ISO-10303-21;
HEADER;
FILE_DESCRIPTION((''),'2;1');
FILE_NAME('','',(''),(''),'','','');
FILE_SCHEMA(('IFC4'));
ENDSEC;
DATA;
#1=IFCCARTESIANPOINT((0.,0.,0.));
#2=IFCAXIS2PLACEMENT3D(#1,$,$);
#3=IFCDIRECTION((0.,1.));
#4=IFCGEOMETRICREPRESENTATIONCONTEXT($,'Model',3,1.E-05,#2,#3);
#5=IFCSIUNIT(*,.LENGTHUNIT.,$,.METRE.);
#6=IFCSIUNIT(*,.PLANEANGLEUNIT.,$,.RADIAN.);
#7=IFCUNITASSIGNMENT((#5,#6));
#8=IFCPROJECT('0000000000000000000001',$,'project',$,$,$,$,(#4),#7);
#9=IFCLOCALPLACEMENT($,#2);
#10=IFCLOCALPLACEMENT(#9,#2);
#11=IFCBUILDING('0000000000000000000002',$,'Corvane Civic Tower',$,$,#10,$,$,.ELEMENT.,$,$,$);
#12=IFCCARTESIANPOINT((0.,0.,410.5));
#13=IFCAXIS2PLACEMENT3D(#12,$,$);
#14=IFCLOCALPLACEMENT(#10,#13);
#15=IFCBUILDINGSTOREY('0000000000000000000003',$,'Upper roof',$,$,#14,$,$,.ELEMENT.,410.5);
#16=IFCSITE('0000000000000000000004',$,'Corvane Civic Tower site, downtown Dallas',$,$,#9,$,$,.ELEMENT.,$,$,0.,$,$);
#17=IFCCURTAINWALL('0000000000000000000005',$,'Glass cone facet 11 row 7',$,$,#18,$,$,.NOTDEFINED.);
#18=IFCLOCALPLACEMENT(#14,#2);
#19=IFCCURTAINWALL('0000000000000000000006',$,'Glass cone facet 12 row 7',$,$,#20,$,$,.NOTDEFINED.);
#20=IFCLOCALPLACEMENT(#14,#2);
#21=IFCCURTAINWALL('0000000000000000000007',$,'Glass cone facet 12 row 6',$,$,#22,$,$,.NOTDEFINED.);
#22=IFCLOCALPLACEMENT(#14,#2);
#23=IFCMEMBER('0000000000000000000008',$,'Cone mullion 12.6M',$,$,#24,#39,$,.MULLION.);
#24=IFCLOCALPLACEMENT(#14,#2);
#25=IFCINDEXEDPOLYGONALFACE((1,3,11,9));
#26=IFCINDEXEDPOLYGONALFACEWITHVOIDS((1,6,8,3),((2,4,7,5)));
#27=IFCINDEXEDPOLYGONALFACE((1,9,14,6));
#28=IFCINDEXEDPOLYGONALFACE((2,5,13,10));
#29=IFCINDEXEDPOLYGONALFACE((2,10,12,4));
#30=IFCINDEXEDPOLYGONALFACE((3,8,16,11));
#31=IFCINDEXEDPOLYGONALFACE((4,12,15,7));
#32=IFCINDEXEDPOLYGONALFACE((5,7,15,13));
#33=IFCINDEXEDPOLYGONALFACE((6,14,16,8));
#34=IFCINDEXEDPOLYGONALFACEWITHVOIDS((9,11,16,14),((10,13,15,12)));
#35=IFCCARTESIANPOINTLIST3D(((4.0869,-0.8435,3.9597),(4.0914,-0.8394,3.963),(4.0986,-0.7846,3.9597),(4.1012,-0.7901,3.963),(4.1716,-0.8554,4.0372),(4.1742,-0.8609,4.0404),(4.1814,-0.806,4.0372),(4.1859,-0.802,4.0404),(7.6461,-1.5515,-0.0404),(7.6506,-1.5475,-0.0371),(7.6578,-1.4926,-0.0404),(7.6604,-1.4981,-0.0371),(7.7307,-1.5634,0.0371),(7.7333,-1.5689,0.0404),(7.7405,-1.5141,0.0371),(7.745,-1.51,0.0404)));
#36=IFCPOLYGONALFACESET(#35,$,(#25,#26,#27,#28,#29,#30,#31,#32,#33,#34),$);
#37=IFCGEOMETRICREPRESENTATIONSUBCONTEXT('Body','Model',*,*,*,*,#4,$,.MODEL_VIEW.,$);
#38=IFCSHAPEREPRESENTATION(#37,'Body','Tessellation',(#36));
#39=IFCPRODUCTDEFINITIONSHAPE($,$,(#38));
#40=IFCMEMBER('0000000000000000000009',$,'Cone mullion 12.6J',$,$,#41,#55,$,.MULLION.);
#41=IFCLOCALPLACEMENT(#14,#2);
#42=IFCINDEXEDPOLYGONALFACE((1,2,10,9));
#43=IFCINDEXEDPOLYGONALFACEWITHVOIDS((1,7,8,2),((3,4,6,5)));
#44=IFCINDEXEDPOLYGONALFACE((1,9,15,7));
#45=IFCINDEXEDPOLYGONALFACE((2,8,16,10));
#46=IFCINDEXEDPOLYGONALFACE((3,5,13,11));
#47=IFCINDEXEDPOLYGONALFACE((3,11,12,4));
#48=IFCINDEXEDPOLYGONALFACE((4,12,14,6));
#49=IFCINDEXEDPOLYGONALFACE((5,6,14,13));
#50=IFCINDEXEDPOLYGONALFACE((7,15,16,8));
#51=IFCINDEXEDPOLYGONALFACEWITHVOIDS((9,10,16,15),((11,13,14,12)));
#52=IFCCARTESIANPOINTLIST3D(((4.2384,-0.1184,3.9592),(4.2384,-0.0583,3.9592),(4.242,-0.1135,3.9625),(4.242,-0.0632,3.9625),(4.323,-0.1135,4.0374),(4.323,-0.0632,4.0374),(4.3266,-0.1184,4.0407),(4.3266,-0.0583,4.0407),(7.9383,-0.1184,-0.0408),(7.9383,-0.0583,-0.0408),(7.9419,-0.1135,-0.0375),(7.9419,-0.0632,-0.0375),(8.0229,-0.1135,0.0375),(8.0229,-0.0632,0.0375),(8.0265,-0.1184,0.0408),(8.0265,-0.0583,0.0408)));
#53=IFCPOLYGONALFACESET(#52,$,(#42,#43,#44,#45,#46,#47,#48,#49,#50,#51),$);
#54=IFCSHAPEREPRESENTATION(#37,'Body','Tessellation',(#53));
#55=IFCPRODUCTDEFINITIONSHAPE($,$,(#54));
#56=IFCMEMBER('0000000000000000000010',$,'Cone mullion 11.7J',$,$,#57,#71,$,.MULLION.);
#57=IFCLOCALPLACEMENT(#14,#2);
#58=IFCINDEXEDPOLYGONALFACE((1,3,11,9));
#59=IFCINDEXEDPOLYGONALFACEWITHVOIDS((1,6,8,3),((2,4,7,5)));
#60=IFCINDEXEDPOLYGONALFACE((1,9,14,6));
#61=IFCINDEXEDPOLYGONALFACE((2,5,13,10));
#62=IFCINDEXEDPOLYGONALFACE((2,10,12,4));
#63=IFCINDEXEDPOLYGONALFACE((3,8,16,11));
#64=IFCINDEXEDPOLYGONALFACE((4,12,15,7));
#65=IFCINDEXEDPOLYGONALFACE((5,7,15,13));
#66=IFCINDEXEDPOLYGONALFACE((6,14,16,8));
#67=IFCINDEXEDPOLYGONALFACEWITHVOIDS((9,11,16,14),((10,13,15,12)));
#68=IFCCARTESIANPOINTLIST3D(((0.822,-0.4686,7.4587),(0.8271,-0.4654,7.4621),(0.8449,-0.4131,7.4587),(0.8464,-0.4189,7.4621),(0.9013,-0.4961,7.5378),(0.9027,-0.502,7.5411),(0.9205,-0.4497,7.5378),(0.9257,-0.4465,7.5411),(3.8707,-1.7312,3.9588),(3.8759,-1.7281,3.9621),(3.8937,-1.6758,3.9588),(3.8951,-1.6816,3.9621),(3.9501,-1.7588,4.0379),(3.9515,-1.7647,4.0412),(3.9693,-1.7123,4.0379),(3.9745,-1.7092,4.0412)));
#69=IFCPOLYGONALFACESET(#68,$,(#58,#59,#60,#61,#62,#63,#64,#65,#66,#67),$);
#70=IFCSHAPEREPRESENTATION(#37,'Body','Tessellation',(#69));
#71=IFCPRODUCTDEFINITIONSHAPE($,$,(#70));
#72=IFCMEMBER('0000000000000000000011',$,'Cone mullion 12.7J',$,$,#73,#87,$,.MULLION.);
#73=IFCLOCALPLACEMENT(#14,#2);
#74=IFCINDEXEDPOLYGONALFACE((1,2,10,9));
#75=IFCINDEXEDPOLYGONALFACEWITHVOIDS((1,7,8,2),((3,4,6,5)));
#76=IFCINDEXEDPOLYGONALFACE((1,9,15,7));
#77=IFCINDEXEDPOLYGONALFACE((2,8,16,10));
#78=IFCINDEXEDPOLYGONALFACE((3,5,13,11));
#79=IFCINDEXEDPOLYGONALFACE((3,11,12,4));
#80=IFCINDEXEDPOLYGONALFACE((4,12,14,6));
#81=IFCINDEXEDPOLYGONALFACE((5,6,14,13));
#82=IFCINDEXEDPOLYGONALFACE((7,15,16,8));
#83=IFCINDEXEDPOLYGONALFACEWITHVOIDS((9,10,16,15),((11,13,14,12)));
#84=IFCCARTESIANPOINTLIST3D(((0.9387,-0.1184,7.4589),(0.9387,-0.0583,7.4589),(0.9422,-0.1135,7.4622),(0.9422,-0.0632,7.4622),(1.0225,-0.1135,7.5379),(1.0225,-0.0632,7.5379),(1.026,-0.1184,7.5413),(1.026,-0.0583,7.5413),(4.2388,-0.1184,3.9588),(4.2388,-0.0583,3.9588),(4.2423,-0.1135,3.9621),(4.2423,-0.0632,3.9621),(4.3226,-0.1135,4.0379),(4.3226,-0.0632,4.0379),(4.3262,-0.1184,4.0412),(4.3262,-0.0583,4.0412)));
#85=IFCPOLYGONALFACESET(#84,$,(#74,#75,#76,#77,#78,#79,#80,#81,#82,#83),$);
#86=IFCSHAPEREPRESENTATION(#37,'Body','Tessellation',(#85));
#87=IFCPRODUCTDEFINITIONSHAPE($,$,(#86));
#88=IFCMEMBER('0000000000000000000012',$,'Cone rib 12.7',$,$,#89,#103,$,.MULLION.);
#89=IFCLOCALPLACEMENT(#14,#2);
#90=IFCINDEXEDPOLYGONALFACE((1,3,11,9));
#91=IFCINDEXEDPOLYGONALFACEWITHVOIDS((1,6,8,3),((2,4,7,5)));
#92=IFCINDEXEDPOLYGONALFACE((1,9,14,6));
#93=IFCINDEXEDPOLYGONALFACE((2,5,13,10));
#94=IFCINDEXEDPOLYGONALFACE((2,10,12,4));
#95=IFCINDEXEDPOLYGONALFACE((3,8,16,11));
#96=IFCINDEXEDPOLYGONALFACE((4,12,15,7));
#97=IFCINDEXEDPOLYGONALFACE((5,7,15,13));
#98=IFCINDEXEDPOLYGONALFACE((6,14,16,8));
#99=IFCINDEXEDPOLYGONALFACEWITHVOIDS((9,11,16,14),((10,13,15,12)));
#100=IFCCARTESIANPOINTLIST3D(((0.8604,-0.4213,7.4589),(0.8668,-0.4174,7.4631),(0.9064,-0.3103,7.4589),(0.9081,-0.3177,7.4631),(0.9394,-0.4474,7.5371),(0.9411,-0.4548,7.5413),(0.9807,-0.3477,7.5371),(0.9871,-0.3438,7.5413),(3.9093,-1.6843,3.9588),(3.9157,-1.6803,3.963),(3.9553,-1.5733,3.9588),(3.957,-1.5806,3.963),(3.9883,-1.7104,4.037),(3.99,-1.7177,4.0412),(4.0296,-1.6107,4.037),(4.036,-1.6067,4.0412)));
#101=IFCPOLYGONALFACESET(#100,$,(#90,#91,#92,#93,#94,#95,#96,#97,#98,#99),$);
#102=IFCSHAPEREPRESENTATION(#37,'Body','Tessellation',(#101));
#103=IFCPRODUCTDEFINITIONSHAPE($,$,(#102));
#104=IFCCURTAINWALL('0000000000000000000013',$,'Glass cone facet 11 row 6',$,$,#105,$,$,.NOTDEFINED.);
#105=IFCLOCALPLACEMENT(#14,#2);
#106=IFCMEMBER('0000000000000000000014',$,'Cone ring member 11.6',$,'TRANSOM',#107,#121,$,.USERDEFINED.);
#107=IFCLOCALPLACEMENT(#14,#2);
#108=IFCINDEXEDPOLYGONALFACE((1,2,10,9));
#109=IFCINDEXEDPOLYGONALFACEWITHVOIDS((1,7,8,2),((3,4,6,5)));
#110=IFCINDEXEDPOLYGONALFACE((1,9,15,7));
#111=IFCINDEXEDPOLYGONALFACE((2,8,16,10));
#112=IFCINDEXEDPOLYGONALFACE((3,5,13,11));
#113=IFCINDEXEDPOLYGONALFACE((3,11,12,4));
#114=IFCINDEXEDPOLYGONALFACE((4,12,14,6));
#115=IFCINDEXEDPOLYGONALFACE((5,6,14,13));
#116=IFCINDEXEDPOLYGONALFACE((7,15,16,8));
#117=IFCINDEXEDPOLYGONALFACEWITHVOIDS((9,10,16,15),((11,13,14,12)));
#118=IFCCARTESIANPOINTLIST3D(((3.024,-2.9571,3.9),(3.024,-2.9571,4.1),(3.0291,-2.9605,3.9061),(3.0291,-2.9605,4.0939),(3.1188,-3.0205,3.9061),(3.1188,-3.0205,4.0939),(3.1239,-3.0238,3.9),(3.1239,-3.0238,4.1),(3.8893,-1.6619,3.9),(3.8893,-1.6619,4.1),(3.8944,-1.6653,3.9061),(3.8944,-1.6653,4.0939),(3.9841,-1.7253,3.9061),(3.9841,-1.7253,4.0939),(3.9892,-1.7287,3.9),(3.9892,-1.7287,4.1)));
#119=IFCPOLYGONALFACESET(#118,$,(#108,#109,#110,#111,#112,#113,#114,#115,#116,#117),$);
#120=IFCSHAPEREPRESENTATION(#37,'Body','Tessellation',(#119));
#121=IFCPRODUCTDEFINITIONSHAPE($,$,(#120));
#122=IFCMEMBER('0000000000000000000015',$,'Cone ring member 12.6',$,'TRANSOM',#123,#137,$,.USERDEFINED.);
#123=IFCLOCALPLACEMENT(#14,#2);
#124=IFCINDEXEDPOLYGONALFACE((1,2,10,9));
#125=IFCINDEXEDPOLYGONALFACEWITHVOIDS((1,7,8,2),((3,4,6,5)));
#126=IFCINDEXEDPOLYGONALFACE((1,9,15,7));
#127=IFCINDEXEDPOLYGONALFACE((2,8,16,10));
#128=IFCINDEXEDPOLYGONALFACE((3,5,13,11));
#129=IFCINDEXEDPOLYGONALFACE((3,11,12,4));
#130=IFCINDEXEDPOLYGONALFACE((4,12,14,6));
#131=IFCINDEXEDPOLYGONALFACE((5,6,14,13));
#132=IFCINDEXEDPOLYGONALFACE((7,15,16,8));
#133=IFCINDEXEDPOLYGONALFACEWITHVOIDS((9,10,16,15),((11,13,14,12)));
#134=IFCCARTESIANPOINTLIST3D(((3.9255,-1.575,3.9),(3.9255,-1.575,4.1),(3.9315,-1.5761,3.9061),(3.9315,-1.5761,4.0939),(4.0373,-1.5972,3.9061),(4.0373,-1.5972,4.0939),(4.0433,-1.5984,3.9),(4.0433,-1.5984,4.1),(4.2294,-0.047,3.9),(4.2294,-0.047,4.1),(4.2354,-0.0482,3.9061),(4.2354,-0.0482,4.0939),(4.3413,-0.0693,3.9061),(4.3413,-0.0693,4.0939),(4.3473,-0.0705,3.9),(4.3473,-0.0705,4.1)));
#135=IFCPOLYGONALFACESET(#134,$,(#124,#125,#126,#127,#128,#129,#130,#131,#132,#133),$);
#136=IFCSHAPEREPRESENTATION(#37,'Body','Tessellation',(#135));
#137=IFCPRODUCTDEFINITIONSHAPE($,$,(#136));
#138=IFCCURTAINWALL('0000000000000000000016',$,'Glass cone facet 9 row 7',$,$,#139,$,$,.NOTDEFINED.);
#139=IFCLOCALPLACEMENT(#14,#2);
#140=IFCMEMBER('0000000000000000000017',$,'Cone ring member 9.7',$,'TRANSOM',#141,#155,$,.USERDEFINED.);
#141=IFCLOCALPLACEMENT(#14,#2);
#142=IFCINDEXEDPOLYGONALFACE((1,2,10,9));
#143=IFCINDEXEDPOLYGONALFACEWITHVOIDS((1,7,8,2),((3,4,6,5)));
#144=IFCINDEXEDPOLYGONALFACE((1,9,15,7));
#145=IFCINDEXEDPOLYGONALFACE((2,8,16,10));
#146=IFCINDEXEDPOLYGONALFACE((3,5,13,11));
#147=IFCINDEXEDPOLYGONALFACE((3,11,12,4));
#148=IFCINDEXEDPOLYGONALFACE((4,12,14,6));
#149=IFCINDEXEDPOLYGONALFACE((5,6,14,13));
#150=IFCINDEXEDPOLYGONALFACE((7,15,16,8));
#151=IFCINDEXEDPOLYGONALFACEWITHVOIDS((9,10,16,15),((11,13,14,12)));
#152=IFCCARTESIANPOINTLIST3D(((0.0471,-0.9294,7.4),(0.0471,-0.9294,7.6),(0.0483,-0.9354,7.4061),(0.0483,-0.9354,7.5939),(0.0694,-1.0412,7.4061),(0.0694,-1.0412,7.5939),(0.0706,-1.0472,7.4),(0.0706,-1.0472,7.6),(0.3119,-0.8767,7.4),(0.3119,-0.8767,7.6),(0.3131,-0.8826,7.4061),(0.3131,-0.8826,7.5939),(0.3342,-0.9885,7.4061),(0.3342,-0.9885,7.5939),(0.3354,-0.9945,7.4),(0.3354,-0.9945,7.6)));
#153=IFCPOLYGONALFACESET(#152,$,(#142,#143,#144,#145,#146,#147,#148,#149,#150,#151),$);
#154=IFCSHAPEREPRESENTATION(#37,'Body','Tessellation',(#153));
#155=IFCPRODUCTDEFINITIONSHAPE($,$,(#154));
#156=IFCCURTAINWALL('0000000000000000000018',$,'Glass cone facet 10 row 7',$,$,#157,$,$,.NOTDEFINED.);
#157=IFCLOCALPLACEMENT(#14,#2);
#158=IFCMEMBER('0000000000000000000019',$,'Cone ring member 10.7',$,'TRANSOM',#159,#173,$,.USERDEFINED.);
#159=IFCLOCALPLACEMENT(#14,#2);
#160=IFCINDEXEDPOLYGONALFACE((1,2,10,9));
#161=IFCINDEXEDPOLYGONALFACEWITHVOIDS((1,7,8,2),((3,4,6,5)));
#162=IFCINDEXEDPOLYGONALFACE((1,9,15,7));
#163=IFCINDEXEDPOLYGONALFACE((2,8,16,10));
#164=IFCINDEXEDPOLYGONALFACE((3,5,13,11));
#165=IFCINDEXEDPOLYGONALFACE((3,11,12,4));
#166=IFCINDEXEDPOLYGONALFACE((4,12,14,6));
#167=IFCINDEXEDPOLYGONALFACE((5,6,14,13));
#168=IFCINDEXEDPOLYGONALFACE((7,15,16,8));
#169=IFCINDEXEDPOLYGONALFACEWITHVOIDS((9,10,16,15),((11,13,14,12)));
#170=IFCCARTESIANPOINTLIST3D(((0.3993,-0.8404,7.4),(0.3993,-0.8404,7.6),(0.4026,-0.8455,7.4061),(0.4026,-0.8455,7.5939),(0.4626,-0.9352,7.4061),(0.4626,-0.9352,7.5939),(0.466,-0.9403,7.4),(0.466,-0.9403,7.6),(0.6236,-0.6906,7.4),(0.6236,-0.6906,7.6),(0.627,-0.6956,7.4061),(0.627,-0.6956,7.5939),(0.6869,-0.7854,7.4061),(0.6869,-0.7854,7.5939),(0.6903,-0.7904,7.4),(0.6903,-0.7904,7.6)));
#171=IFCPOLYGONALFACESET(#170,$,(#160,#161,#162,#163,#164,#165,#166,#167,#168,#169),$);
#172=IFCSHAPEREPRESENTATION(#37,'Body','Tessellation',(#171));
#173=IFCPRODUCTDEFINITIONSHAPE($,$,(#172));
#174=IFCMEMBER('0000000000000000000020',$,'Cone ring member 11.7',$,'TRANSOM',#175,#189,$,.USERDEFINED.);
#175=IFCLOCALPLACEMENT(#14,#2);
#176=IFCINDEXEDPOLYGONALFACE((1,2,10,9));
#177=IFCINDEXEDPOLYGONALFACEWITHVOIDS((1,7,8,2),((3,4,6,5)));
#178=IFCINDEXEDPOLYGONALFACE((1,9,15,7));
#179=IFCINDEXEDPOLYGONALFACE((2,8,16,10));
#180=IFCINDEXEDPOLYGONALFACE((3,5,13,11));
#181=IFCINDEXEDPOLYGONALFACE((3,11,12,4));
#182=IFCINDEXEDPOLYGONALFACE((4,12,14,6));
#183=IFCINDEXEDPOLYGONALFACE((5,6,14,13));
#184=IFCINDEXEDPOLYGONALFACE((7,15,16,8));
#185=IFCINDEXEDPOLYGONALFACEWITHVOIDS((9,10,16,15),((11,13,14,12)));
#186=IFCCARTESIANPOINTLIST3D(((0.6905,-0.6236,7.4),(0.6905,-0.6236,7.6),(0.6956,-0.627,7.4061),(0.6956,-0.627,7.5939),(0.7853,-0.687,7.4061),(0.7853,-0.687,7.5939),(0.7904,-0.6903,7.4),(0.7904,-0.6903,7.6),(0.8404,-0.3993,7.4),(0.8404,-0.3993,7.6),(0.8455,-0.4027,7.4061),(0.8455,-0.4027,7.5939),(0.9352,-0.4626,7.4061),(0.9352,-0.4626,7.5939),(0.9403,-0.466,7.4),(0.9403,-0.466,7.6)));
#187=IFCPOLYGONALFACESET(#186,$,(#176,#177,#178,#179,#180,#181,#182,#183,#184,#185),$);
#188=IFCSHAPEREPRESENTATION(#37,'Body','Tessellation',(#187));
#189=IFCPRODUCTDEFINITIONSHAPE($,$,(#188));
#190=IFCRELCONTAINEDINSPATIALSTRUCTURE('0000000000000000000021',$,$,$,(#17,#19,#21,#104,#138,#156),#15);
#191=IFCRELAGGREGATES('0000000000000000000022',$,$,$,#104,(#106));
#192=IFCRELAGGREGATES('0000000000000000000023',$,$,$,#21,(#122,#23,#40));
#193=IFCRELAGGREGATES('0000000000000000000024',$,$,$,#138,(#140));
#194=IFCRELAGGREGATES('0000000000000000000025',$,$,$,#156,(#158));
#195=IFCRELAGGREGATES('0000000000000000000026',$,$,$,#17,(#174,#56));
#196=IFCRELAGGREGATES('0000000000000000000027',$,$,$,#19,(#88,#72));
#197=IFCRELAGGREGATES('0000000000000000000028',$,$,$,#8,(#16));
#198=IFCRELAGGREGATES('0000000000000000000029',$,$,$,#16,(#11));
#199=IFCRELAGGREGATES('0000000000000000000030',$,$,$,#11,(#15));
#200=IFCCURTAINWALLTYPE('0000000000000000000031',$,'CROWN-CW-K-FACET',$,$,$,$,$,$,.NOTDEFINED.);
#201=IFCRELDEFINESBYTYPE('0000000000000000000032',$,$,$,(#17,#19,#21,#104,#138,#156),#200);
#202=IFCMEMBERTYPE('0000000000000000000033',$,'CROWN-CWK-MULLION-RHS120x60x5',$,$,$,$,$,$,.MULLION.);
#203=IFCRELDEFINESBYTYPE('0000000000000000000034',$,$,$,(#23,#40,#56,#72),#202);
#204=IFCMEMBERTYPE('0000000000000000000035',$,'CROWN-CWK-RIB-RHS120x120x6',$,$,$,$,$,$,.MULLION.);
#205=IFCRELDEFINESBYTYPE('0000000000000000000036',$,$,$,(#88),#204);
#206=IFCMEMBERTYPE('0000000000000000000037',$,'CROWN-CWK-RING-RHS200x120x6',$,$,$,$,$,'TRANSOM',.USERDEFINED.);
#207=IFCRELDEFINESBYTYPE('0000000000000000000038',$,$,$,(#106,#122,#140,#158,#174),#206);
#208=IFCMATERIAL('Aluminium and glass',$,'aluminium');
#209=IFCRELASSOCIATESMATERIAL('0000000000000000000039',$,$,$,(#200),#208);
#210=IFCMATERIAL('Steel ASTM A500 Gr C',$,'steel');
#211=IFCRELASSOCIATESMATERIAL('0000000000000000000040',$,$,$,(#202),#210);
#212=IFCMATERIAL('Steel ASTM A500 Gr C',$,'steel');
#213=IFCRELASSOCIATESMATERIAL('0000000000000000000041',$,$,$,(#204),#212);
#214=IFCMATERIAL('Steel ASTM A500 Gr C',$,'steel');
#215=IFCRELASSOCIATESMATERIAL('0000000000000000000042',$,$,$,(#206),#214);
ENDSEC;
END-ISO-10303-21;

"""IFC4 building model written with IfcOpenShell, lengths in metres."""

from ifc_helpers import new_model, si_unit, direction, frame, origin, origin_2d, place, context, subcontext, project, spatial, hollow_rectangle, extrude, material, material_profile, profile_set, type_object, element, aggregate, save


model = new_model("IFC4")

# Units and contexts
model_context = context("Model", 3, precision=1e-05, world=origin(), true_north=direction((0.0, 1.0)))
body_context = subcontext(model_context, "Body", "Model", "MODEL_VIEW")
ifc_project = project(units=[si_unit("LENGTHUNIT", "METRE"), si_unit("PLANEANGLEUNIT", "RADIAN")], contexts=[model_context])

# Site, building, storey
site_placement = place(None, origin())
site = spatial("IfcSite", under=ifc_project, at=site_placement, Name="Corvane Civic Tower site, downtown Dallas", CompositionType="ELEMENT", RefElevation=0.0)
building_placement = place(site_placement, origin())
building = spatial("IfcBuilding", under=site, at=building_placement, Name="Corvane Civic Tower", CompositionType="ELEMENT")
storey_placement = place(building_placement, frame((0.0, 0.0, 410.5)))
storey = spatial("IfcBuildingStorey", under=building, at=storey_placement, Name="Upper roof", CompositionType="ELEMENT", Elevation=410.5)

# Curtain walls
ifc_material_1 = material(Name="Aluminium and glass", Category="aluminium")
curtain_wall_type = type_object("IfcCurtainWallType", Name="CROWN-CW-K-FACET", PredefinedType="NOTDEFINED", material=ifc_material_1)
curtain_wall_1_placement = place(storey_placement, origin())
curtain_wall_1 = element("IfcCurtainWall", 1, at=curtain_wall_1_placement, inside=storey, type_object=curtain_wall_type, Name="Glass cone facet 11 row 7", PredefinedType="NOTDEFINED")
curtain_wall_2_placement = place(storey_placement, origin())
curtain_wall_2 = element("IfcCurtainWall", 2, at=curtain_wall_2_placement, inside=storey, type_object=curtain_wall_type, Name="Glass cone facet 12 row 7", PredefinedType="NOTDEFINED")

# Curtain wall, members
curtain_wall_3_placement = place(storey_placement, origin())
curtain_wall_3 = element("IfcCurtainWall", 3, at=curtain_wall_3_placement, inside=storey, type_object=curtain_wall_type, Name="Glass cone facet 12 row 6", PredefinedType="NOTDEFINED")
ifc_material_2 = material(Name="Steel ASTM A500 Gr C", Category="steel")
ifc_material_profile_1 = material_profile(ifc_material_2, hollow_rectangle(XDim=0.0601, YDim=0.1201, WallThickness=0.0049, at=origin_2d()), Name="RHS 120x60x5")
ifc_profile_set_1 = profile_set([ifc_material_profile_1], Name="Steel ASTM A500 Gr C")
member_type_1 = type_object("IfcMemberType", Name="CROWN-CWK-MULLION-RHS120x60x5", PredefinedType="MULLION", material=ifc_profile_set_1)
member_1_placement = place(storey_placement, frame((7.6956, -1.5308, 0.0), z_axis=(-0.658995, 0.131094, 0.740635), x_axis=(-0.195107, -0.980782, 0.0)))
member_1 = element("IfcMember", 4, at=member_1_placement, type_object=member_type_1, Name="Cone mullion 12.6M", PredefinedType="MULLION", context=body_context, shape_type="SweptSolid", body=[
    extrude(hollow_rectangle(XDim=0.0601, YDim=0.1201, WallThickness=0.0049, at=origin_2d()), origin(), (0.0, 0.0, 1.0), 5.4009),
])
member_2_placement = place(storey_placement, frame((7.9824, -0.0884, 0.0), z_axis=(-0.679037, 0.0, 0.734104), x_axis=(0.0, -1.0, 0.0)))
member_2 = element("IfcMember", 5, at=member_2_placement, type_object=member_type_1, Name="Cone mullion 12.6J", PredefinedType="MULLION", context=body_context, shape_type="SweptSolid", body=[
    extrude(hollow_rectangle(XDim=0.0601, YDim=0.1201, WallThickness=0.0049, at=origin_2d()), origin(), (0.0, 0.0, 1.0), 5.4487),
])

# Members
member_3_placement = place(storey_placement, frame((3.9226, -1.7202, 4.0), z_axis=(-0.633802, 0.262494, 0.727593), x_axis=(-0.382639, -0.923898, 0.0)))
member_3 = element("IfcMember", 6, at=member_3_placement, type_object=member_type_1, Name="Cone mullion 11.7J", PredefinedType="MULLION", context=body_context, shape_type="SweptSolid", body=[
    extrude(hollow_rectangle(XDim=0.0601, YDim=0.1201, WallThickness=0.0049, at=origin_2d()), origin(), (0.0, 0.0, 1.0), 4.8103),
])
member_4_placement = place(storey_placement, frame((4.2825, -0.0884, 4.0), z_axis=(-0.686018, 0.0, 0.727584), x_axis=(0.0, -1.0, 0.0)))
member_4 = element("IfcMember", 7, at=member_4_placement, type_object=member_type_1, Name="Cone mullion 12.7J", PredefinedType="MULLION", context=body_context, shape_type="SweptSolid", body=[
    extrude(hollow_rectangle(XDim=0.0601, YDim=0.1201, WallThickness=0.0049, at=origin_2d()), origin(), (0.0, 0.0, 1.0), 4.8105),
])
ifc_material_3 = material(Name="Steel ASTM A500 Gr C", Category="steel")
ifc_material_profile_2 = material_profile(ifc_material_3, hollow_rectangle(XDim=0.1201, YDim=0.1201, WallThickness=0.0061, at=origin_2d()), Name="RHS 120x120x6")
ifc_profile_set_2 = profile_set([ifc_material_profile_2], Name="Steel ASTM A500 Gr C")
member_type_2 = type_object("IfcMemberType", Name="CROWN-CWK-RIB-RHS120x120x6", PredefinedType="MULLION", material=ifc_profile_set_2)
member_5_placement = place(storey_placement, frame((3.9727, -1.6455, 4.0), z_axis=(-0.633794, 0.262541, 0.727584), x_axis=(-0.382702, -0.923872, 0.0)))
member_5 = element("IfcMember", 8, at=member_5_placement, type_object=member_type_2, Name="Cone rib 12.7", PredefinedType="MULLION", context=body_context, shape_type="SweptSolid", body=[
    extrude(hollow_rectangle(XDim=0.1201, YDim=0.1201, WallThickness=0.0061, at=origin_2d()), origin(), (0.0, 0.0, 1.0), 4.8105),
])

# Curtain wall, member
curtain_wall_4_placement = place(storey_placement, origin())
curtain_wall_4 = element("IfcCurtainWall", 9, at=curtain_wall_4_placement, inside=storey, type_object=curtain_wall_type, Name="Glass cone facet 11 row 6", PredefinedType="NOTDEFINED")
ifc_material_4 = material(Name="Steel ASTM A500 Gr C", Category="steel")
ifc_material_profile_3 = material_profile(ifc_material_4, hollow_rectangle(XDim=0.1201, YDim=0.2, WallThickness=0.0061, at=origin_2d()), Name="RHS 200x120x6")
ifc_profile_set_3 = profile_set([ifc_material_profile_3], Name="Steel ASTM A500 Gr C")
member_type_3 = type_object("IfcMemberType", Name="CROWN-CWK-RING-RHS200x120x6", ElementType="TRANSOM", PredefinedType="USERDEFINED", material=ifc_profile_set_3)
member_6_placement = place(storey_placement, frame((3.074, -2.9905, 4.0), z_axis=(0.555496, 0.831519, 0.0), x_axis=(-0.831519, 0.555496, 0.0)))
member_6 = element("IfcMember", 10, at=member_6_placement, type_object=member_type_3, Name="Cone ring member 11.6", ObjectType="TRANSOM", PredefinedType="USERDEFINED", context=body_context, shape_type="SweptSolid", body=[
    extrude(hollow_rectangle(XDim=0.1201, YDim=0.2, WallThickness=0.0061, at=origin_2d()), origin(), (0.0, 0.0, 1.0), 1.5576),
])
aggregate(curtain_wall_4, [member_6])

# Member
member_7_placement = place(storey_placement, frame((3.9844, -1.5867, 4.0), z_axis=(0.195121, 0.980779, 0.0), x_axis=(-0.980779, 0.195121, 0.0)))
member_7 = element("IfcMember", 11, at=member_7_placement, type_object=member_type_3, Name="Cone ring member 12.6", ObjectType="TRANSOM", PredefinedType="USERDEFINED", context=body_context, shape_type="SweptSolid", body=[
    extrude(hollow_rectangle(XDim=0.1201, YDim=0.2, WallThickness=0.0061, at=origin_2d()), origin(), (0.0, 0.0, 1.0), 1.5579),
])
aggregate(curtain_wall_3, [member_7, member_1, member_2])

# Curtain walls, members
curtain_wall_5_placement = place(storey_placement, origin())
curtain_wall_5 = element("IfcCurtainWall", 12, at=curtain_wall_5_placement, inside=storey, type_object=curtain_wall_type, Name="Glass cone facet 9 row 7", PredefinedType="NOTDEFINED")
member_8_placement = place(storey_placement, frame((0.0588, -0.9883, 7.5), z_axis=(0.980754, 0.195247, 0.0), x_axis=(-0.195247, 0.980754, 0.0)))
member_8 = element("IfcMember", 13, at=member_8_placement, type_object=member_type_3, Name="Cone ring member 9.7", ObjectType="TRANSOM", PredefinedType="USERDEFINED", context=body_context, shape_type="SweptSolid", body=[
    extrude(hollow_rectangle(XDim=0.1201, YDim=0.2, WallThickness=0.0061, at=origin_2d()), origin(), (0.0, 0.0, 1.0), 0.27),
])
aggregate(curtain_wall_5, [member_8])
curtain_wall_6_placement = place(storey_placement, origin())
curtain_wall_6 = element("IfcCurtainWall", 14, at=curtain_wall_6_placement, inside=storey, type_object=curtain_wall_type, Name="Glass cone facet 10 row 7", PredefinedType="NOTDEFINED")
member_9_placement = place(storey_placement, frame((0.4326, -0.8904, 7.5), z_axis=(0.831493, 0.555535, 0.0), x_axis=(-0.555535, 0.831493, 0.0)))
member_9 = element("IfcMember", 15, at=member_9_placement, type_object=member_type_3, Name="Cone ring member 10.7", ObjectType="TRANSOM", PredefinedType="USERDEFINED", context=body_context, shape_type="SweptSolid", body=[
    extrude(hollow_rectangle(XDim=0.1201, YDim=0.2, WallThickness=0.0061, at=origin_2d()), origin(), (0.0, 0.0, 1.0), 0.2698),
])
aggregate(curtain_wall_6, [member_9])

# Member
member_10_placement = place(storey_placement, frame((0.7405, -0.657, 7.5), z_axis=(0.555535, 0.831493, 0.0), x_axis=(-0.831493, 0.555535, 0.0)))
member_10 = element("IfcMember", 16, at=member_10_placement, type_object=member_type_3, Name="Cone ring member 11.7", ObjectType="TRANSOM", PredefinedType="USERDEFINED", context=body_context, shape_type="SweptSolid", body=[
    extrude(hollow_rectangle(XDim=0.1201, YDim=0.2, WallThickness=0.0061, at=origin_2d()), origin(), (0.0, 0.0, 1.0), 0.2698),
])

aggregate(curtain_wall_1, [member_10, member_3])
aggregate(curtain_wall_2, [member_5, member_4])

save(model, "model.ifc")
